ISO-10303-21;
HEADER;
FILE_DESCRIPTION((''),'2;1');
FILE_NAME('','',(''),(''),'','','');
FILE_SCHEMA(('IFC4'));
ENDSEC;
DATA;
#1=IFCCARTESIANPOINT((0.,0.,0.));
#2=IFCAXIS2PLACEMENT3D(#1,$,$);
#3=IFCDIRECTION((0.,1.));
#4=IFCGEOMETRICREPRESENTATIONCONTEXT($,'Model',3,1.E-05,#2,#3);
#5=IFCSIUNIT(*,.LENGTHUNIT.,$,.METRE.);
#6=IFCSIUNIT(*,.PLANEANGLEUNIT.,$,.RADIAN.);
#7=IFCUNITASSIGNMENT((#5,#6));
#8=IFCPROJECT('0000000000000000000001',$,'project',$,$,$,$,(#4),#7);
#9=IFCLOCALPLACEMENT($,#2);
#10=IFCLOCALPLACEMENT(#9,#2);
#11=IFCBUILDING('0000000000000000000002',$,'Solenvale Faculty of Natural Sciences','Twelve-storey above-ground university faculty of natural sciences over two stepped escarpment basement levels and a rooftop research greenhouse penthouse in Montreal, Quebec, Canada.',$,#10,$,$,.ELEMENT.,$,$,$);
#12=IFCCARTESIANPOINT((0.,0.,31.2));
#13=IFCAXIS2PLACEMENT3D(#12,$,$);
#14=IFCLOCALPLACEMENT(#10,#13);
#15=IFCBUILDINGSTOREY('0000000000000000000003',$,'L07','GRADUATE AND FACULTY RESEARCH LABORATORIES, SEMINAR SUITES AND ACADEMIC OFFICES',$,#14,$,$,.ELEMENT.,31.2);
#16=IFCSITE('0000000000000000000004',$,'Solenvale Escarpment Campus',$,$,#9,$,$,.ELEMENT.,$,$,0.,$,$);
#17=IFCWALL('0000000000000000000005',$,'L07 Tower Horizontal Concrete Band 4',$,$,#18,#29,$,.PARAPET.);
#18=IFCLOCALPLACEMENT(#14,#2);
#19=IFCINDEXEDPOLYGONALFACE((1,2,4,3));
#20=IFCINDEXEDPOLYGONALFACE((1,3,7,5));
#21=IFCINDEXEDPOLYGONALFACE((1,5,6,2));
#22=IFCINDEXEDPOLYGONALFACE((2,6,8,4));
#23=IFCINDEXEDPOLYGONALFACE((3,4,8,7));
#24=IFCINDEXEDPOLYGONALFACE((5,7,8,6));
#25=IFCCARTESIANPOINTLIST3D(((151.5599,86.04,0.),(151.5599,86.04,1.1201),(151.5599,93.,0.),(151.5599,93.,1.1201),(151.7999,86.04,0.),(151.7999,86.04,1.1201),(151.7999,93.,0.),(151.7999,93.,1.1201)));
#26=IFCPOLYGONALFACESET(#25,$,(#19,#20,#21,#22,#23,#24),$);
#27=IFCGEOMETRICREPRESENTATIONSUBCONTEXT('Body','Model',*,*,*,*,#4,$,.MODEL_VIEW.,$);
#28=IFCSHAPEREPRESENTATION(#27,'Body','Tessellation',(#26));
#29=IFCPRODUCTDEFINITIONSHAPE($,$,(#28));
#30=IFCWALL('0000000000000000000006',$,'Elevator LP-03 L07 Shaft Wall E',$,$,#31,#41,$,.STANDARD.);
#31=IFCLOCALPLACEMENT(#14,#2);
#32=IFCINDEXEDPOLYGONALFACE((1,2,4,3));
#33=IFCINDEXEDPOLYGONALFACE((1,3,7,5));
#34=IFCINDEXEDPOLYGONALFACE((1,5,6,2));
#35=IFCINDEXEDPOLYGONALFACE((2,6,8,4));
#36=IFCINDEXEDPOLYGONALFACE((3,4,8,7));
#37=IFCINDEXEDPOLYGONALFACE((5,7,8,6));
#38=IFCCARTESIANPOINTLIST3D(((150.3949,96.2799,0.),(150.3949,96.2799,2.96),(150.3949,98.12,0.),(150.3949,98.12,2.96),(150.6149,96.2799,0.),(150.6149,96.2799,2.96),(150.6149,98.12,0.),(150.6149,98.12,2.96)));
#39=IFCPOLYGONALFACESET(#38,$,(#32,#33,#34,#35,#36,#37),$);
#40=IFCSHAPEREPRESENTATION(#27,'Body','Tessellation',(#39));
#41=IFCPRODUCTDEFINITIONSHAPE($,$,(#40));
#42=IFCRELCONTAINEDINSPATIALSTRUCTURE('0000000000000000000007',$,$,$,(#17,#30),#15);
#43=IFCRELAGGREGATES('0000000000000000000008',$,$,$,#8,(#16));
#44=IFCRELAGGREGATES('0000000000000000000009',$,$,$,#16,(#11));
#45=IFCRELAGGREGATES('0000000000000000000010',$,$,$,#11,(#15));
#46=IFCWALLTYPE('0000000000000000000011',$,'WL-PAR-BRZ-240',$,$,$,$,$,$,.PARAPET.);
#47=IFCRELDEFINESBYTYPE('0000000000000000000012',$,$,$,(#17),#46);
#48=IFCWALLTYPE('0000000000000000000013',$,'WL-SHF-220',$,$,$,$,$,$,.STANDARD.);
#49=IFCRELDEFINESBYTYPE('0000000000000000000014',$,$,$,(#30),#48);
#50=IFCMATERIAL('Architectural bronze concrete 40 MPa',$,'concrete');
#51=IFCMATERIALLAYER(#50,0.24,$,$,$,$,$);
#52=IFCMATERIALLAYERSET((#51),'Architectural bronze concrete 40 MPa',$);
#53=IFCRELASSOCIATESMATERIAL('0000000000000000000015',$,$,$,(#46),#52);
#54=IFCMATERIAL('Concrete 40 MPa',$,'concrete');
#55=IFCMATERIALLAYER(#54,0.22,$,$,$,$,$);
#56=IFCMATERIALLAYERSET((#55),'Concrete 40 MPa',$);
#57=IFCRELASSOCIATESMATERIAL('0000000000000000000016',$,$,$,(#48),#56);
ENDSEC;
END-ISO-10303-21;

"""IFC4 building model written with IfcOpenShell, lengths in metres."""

from ifc_helpers import new_model, si_unit, direction, frame, frame_2d, origin, place, context, subcontext, project, spatial, rectangle, extrude, material, layer, layer_set, type_object, element, save


model = new_model("IFC4")

# Units and contexts
model_context = context("Model", 3, precision=1e-05, world=origin(), true_north=direction((0.0, 1.0)))
body_context = subcontext(model_context, "Body", "Model", "MODEL_VIEW")
ifc_project = project(units=[si_unit("LENGTHUNIT", "METRE"), si_unit("PLANEANGLEUNIT", "RADIAN")], contexts=[model_context])

# Site, building, storey
site_placement = place(None, origin())
site = spatial("IfcSite", under=ifc_project, at=site_placement, Name="Solenvale Escarpment Campus", CompositionType="ELEMENT", RefElevation=0.0)
building_placement = place(site_placement, origin())
building = spatial("IfcBuilding", under=site, at=building_placement, Name="Solenvale Faculty of Natural Sciences", Description="Twelve-storey above-ground university faculty of natural sciences over two stepped escarpment basement levels and a rooftop research greenhouse penthouse in Montreal, Quebec, Canada.", CompositionType="ELEMENT")
storey_placement = place(building_placement, frame((0.0, 0.0, 31.2)))
storey = spatial("IfcBuildingStorey", under=building, at=storey_placement, Name="L07", Description="GRADUATE AND FACULTY RESEARCH LABORATORIES, SEMINAR SUITES AND ACADEMIC OFFICES", CompositionType="ELEMENT", Elevation=31.2)

# Shared definitions
ifc_material_1 = material(Name="Concrete 40 MPa", Category="concrete")

# Walls
ifc_material_2 = material(Name="Architectural bronze concrete 40 MPa", Category="concrete")
ifc_layer_1 = layer(ifc_material_2, 0.24)
ifc_layer_set_1 = layer_set([ifc_layer_1], Name="Architectural bronze concrete 40 MPa")
wall_type_1 = type_object("IfcWallType", Name="WL-PAR-BRZ-240", PredefinedType="PARAPET", material=ifc_layer_set_1)
wall_1_placement = place(storey_placement, frame((151.6799, 93.0, 0.0), z_axis=(0.0, 0.0, 1.0), x_axis=(0.0, -1.0, 0.0)))
element("IfcWall", 1, at=wall_1_placement, inside=storey, type_object=wall_type_1, Name="L07 Tower Horizontal Concrete Band 4", PredefinedType="PARAPET", context=body_context, shape_type="SweptSolid", body=[
    extrude(rectangle(XDim=6.96, YDim=0.24, at=frame_2d((3.48, 0.0))), origin(), (0.0, 0.0, 1.0), 1.1201),
])
ifc_layer_2 = layer(ifc_material_1, 0.22)
ifc_layer_set_2 = layer_set([ifc_layer_2], Name="Concrete 40 MPa")
wall_type_2 = type_object("IfcWallType", Name="WL-SHF-220", PredefinedType="STANDARD", material=ifc_layer_set_2)
wall_2_placement = place(storey_placement, frame((150.5049, 96.28, 0.0), z_axis=(0.0, 0.0, 1.0), x_axis=(0.0, 1.0, 0.0)))
element("IfcWall", 2, at=wall_2_placement, inside=storey, type_object=wall_type_2, Name="Elevator LP-03 L07 Shaft Wall E", PredefinedType="STANDARD", context=body_context, shape_type="SweptSolid", body=[
    extrude(rectangle(XDim=1.8401, YDim=0.22, at=frame_2d((0.9199, 0.0))), origin(), (0.0, 0.0, 1.0), 2.96),
])

save(model, "model.ifc")
